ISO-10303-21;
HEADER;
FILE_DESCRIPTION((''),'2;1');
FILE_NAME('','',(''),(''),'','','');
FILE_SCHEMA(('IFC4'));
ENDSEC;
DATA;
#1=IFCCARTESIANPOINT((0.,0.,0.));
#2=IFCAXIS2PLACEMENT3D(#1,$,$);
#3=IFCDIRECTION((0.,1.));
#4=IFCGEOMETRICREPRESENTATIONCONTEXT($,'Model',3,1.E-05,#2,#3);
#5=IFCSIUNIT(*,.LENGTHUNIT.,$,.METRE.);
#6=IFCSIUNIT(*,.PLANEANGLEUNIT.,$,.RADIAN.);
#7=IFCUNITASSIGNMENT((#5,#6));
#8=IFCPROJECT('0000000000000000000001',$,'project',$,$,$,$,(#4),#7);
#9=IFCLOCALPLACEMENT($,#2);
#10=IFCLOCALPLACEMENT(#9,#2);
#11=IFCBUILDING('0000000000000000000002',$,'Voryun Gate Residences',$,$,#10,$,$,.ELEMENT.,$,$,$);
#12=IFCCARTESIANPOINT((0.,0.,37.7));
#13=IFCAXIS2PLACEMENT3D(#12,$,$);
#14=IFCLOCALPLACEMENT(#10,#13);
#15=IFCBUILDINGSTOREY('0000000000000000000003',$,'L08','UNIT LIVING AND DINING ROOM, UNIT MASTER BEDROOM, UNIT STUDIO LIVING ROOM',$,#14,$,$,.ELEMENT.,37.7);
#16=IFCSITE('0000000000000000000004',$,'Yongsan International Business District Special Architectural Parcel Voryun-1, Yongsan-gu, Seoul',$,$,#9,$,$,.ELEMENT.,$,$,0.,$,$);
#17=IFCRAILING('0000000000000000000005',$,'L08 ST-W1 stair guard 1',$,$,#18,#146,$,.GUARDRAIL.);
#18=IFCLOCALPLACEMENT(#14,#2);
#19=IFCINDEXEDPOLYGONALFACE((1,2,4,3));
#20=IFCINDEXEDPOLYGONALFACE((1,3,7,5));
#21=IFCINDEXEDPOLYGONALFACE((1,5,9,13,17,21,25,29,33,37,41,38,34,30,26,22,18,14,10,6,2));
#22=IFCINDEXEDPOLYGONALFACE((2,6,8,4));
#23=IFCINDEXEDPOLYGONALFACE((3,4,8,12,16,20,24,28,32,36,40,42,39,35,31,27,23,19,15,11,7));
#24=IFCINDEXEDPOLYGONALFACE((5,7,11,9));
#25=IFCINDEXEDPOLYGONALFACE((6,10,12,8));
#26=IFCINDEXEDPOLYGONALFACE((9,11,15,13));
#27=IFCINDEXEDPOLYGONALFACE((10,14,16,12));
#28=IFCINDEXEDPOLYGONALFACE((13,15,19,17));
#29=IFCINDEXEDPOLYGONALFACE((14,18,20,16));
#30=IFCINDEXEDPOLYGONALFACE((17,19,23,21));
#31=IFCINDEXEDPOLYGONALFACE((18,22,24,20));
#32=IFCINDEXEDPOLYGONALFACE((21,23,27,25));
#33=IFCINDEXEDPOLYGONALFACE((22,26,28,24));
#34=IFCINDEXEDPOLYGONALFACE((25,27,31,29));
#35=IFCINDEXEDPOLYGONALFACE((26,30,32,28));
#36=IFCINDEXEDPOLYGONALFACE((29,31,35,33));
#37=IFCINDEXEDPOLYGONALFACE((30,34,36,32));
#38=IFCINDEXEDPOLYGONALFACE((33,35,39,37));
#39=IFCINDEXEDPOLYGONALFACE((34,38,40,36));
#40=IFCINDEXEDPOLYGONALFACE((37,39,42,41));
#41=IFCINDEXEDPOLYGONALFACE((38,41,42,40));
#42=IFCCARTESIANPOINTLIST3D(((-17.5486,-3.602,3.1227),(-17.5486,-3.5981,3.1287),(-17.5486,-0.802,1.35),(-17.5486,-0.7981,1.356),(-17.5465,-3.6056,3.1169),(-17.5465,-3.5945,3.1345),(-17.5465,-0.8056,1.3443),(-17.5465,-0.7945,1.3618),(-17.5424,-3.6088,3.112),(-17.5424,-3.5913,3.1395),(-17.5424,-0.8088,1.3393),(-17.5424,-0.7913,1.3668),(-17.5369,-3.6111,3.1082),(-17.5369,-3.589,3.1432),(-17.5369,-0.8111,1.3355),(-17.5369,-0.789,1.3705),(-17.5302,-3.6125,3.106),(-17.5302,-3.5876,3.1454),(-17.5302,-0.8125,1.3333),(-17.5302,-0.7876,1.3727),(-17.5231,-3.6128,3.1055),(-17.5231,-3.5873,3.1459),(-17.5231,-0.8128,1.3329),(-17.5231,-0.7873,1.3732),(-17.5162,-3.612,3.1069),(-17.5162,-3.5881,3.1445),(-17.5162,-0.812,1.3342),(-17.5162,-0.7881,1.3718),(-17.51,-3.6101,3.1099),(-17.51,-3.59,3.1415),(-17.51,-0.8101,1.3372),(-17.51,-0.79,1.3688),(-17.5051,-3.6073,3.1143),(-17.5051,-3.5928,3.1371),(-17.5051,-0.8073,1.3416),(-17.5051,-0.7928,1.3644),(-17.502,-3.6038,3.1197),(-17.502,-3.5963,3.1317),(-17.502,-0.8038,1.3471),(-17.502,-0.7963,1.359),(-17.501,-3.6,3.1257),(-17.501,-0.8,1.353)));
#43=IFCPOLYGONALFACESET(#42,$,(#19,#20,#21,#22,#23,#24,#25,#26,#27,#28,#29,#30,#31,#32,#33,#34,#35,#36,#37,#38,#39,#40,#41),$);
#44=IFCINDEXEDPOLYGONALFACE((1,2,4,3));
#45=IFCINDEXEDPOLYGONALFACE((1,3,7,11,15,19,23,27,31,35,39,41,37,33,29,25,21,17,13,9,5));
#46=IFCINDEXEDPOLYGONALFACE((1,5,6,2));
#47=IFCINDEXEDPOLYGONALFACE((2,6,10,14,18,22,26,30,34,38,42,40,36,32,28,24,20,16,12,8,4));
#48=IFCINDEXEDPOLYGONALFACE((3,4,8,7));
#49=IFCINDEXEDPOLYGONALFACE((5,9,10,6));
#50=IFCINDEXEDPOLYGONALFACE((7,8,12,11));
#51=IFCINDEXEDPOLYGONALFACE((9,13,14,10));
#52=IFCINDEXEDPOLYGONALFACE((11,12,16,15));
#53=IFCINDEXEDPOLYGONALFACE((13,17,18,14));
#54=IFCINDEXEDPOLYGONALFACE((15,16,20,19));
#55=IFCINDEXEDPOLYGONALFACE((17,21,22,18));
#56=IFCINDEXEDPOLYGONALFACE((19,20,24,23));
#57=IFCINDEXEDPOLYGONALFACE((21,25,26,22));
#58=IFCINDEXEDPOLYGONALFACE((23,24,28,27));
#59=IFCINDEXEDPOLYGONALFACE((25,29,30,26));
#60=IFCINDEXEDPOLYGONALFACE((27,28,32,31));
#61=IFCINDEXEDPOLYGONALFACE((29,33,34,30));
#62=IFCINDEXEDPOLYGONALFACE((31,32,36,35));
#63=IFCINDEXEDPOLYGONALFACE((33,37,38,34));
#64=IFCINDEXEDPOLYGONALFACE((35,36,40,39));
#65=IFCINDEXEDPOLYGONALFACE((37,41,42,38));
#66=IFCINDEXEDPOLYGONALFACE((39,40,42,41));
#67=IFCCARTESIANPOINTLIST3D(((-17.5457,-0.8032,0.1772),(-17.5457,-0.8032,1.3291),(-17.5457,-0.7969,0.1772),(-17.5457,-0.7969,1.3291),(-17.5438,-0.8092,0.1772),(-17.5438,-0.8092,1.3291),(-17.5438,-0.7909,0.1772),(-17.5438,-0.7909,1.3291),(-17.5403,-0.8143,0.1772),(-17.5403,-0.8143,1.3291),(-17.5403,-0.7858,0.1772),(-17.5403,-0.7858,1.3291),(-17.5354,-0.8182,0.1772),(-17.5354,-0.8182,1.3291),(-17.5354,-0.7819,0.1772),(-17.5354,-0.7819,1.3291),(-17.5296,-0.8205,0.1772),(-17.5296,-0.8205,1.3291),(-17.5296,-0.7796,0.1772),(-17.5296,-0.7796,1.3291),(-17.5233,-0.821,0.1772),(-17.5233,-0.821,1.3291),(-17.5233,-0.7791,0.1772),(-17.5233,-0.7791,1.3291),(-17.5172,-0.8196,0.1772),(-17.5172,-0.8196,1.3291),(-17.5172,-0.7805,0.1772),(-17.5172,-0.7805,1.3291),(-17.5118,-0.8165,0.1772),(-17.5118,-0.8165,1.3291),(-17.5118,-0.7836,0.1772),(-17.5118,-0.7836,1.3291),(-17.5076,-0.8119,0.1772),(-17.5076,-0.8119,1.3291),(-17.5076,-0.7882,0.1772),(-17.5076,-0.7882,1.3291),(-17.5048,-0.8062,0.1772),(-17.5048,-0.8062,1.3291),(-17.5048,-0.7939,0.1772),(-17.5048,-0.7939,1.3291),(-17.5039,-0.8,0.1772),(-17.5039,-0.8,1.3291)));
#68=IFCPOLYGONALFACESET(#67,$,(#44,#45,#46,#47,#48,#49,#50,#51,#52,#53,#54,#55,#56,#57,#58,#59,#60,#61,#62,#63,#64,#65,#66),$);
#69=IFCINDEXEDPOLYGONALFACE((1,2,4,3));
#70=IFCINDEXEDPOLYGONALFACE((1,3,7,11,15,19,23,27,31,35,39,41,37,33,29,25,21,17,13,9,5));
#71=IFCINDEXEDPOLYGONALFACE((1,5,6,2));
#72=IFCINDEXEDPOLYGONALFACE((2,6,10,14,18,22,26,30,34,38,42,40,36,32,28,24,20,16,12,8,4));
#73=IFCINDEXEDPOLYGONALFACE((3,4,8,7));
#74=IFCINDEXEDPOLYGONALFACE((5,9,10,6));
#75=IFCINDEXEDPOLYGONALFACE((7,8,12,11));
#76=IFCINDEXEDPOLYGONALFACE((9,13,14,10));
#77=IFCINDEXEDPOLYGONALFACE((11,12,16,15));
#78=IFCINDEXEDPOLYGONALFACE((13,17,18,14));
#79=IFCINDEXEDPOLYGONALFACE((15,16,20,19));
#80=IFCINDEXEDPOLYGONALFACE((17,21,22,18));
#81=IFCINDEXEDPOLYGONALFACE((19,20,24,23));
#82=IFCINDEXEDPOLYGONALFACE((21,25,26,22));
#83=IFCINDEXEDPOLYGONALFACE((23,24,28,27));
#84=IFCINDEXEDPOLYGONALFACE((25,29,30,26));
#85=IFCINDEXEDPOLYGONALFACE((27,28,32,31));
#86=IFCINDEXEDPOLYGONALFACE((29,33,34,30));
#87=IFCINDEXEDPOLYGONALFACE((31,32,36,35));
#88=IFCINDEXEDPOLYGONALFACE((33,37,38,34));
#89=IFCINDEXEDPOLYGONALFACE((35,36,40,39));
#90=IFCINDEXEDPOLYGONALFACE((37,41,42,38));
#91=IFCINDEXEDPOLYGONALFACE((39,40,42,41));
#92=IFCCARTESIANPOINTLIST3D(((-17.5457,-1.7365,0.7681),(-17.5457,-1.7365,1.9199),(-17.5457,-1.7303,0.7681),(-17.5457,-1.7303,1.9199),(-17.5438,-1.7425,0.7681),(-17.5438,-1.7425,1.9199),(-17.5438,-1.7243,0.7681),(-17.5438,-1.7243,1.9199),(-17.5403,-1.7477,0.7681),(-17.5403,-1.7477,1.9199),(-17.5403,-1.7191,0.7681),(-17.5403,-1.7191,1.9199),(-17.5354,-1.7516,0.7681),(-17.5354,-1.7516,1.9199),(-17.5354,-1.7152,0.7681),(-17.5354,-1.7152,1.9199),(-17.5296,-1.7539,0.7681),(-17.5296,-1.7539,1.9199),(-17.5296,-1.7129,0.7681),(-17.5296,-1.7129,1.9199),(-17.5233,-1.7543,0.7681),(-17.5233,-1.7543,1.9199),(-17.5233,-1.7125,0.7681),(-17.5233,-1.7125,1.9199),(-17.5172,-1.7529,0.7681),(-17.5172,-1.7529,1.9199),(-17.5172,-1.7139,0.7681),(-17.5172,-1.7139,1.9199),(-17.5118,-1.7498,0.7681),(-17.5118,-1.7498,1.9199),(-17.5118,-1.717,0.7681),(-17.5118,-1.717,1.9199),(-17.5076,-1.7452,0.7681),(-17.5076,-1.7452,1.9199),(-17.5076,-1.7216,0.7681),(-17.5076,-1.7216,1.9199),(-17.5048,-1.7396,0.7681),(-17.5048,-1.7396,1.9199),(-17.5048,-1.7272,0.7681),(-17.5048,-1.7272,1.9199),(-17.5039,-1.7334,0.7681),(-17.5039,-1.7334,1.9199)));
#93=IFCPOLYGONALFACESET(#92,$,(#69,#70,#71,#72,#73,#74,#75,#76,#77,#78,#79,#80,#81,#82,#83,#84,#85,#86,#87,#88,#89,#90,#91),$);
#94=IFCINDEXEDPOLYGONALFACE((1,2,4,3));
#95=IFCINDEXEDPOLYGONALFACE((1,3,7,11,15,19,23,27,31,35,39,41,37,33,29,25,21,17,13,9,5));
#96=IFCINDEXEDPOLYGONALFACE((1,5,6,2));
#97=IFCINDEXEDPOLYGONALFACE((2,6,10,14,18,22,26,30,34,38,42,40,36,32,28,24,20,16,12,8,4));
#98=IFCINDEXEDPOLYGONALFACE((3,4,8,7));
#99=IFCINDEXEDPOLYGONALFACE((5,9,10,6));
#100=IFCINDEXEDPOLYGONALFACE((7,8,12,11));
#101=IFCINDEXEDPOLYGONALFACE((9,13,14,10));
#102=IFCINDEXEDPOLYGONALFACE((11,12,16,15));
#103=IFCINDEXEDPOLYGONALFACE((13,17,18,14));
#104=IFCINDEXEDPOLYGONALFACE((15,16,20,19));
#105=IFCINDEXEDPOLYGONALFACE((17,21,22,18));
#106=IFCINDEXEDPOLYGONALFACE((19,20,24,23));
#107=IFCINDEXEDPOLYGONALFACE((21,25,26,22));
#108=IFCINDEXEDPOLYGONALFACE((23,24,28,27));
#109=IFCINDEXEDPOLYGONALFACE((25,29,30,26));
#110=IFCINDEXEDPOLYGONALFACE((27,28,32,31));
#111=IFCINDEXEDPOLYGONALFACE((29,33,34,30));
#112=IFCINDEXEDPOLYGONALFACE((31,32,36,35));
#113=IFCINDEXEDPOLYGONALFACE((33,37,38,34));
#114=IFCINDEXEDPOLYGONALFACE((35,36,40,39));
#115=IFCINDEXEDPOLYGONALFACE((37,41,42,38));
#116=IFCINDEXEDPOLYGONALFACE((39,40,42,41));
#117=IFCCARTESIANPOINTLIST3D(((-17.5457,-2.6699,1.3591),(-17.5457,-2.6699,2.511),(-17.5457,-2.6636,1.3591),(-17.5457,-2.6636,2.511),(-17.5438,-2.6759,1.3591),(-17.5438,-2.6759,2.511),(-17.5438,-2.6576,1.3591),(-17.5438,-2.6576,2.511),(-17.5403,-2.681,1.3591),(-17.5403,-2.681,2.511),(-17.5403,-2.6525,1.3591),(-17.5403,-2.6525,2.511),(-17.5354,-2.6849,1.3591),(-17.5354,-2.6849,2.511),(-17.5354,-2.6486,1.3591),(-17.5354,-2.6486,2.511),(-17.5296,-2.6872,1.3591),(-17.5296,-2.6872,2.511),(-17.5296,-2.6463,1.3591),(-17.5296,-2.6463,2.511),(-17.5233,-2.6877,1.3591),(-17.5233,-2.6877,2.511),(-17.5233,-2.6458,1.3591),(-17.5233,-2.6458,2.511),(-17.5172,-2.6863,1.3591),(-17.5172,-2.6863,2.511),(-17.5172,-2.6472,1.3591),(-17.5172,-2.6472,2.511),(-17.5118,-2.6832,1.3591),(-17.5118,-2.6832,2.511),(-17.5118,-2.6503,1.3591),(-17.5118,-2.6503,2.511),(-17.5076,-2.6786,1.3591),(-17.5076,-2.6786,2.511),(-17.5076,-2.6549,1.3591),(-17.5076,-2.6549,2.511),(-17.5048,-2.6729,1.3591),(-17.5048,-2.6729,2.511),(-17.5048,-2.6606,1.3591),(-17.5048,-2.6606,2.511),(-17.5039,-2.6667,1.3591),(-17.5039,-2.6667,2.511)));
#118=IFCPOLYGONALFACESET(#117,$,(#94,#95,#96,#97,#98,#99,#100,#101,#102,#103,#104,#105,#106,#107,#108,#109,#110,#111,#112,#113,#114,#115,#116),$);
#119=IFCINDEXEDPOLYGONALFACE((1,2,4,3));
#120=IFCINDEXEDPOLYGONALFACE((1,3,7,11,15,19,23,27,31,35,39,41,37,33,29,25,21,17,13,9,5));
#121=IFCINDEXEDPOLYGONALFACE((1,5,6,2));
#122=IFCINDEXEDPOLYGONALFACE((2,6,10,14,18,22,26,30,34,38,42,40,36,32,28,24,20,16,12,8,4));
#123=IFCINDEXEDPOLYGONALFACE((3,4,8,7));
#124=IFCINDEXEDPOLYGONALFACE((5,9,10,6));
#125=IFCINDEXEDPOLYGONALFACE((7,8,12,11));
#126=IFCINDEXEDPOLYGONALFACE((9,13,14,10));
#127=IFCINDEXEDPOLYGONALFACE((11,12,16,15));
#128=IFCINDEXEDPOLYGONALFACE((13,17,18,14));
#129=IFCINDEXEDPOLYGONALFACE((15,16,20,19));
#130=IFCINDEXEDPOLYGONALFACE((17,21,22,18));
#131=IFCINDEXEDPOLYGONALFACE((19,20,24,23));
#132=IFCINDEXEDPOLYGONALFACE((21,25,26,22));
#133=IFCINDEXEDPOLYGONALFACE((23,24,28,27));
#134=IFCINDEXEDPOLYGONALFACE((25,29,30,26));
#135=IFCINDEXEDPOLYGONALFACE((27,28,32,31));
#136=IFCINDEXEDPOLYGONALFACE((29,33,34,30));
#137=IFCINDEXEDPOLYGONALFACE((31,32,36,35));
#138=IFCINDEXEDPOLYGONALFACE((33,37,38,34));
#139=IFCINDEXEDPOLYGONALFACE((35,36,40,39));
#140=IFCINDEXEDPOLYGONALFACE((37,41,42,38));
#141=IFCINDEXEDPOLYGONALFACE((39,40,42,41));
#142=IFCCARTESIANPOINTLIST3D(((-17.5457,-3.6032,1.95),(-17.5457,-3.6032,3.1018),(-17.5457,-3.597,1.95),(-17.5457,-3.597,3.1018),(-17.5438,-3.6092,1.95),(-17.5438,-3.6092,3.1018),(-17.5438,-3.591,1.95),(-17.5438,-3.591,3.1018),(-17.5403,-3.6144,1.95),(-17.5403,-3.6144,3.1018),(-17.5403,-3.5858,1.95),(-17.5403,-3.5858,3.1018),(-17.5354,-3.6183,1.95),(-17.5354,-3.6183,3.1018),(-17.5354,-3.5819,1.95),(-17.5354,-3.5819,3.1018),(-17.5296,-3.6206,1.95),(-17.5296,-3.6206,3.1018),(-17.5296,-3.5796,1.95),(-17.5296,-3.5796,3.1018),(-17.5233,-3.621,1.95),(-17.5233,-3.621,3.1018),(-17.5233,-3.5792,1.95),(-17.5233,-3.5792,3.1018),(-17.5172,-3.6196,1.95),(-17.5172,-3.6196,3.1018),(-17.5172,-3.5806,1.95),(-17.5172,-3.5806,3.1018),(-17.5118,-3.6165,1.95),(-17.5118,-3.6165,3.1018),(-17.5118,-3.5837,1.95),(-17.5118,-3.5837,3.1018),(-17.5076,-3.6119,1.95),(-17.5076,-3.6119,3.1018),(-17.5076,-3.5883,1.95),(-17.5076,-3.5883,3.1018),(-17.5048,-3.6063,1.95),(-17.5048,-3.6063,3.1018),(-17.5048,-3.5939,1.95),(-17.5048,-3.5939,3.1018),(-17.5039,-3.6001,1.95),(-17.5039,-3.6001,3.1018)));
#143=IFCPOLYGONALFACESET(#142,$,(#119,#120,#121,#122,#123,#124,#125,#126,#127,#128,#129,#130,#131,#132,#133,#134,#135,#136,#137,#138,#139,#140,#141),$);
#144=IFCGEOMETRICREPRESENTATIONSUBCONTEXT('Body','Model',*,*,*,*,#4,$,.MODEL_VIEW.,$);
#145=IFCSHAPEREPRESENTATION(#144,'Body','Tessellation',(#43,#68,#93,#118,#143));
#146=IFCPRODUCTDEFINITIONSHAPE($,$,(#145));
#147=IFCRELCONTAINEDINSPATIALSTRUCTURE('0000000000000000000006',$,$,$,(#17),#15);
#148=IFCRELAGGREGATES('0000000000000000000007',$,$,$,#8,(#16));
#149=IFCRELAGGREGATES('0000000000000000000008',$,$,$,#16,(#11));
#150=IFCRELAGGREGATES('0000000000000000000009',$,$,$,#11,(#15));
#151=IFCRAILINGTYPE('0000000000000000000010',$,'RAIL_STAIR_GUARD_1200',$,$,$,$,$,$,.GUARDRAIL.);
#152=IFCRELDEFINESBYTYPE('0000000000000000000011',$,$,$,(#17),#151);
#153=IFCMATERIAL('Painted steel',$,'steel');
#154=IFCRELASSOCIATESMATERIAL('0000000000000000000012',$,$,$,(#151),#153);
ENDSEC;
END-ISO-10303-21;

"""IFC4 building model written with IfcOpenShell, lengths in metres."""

from ifc_helpers import new_model, si_unit, direction, frame, origin, origin_2d, place, context, subcontext, project, spatial, circle, extrude, material, type_object, element, save


model = new_model("IFC4")

# Units and contexts
model_context = context("Model", 3, precision=1e-05, world=origin(), true_north=direction((0.0, 1.0)))
body_context = subcontext(model_context, "Body", "Model", "MODEL_VIEW")
ifc_project = project(units=[si_unit("LENGTHUNIT", "METRE"), si_unit("PLANEANGLEUNIT", "RADIAN")], contexts=[model_context])

# Site, building, storey
site_placement = place(None, origin())
site = spatial("IfcSite", under=ifc_project, at=site_placement, Name="Yongsan International Business District Special Architectural Parcel Voryun-1, Yongsan-gu, Seoul", CompositionType="ELEMENT", RefElevation=0.0)
building_placement = place(site_placement, origin())
building = spatial("IfcBuilding", under=site, at=building_placement, Name="Voryun Gate Residences", CompositionType="ELEMENT")
storey_placement = place(building_placement, frame((0.0, 0.0, 37.7)))
storey = spatial("IfcBuildingStorey", under=building, at=storey_placement, Name="L08", Description="UNIT LIVING AND DINING ROOM, UNIT MASTER BEDROOM, UNIT STUDIO LIVING ROOM", CompositionType="ELEMENT", Elevation=37.7)

# Railing
ifc_material_1 = material(Name="Painted steel", Category="steel")
railing_type_1 = type_object("IfcRailingType", Name="RAIL_STAIR_GUARD_1200", PredefinedType="GUARDRAIL", material=ifc_material_1)
railing_1_placement = place(storey_placement, frame((-17.5249, -0.8, 0.1772)))
element("IfcRailing", 1, at=railing_1_placement, inside=storey, type_object=railing_type_1, Name="L08 ST-W1 stair guard 1", PredefinedType="GUARDRAIL", context=body_context, shape_type="SweptSolid", body=[
    extrude(circle(Radius=0.0239, at=origin_2d()), frame((0.0, 0.0, 1.1758), z_axis=(0.0, -0.844909, 0.53491), x_axis=(1.0, 0.0, 0.0)), (0.0, 0.0, 1.0), 3.314),
    extrude(circle(Radius=0.021, at=origin_2d()), origin(), (0.0, 0.0, 1.0), 1.1519),
    extrude(circle(Radius=0.021, at=origin_2d()), frame((0.0, -0.9333, 0.5908)), (0.0, 0.0, 1.0), 1.1519),
    extrude(circle(Radius=0.021, at=origin_2d()), frame((0.0, -1.8667, 1.1819)), (0.0, 0.0, 1.0), 1.1519),
    extrude(circle(Radius=0.021, at=origin_2d()), frame((0.0, -2.8, 1.7727)), (0.0, 0.0, 1.0), 1.1519),
])

save(model, "model.ifc")
